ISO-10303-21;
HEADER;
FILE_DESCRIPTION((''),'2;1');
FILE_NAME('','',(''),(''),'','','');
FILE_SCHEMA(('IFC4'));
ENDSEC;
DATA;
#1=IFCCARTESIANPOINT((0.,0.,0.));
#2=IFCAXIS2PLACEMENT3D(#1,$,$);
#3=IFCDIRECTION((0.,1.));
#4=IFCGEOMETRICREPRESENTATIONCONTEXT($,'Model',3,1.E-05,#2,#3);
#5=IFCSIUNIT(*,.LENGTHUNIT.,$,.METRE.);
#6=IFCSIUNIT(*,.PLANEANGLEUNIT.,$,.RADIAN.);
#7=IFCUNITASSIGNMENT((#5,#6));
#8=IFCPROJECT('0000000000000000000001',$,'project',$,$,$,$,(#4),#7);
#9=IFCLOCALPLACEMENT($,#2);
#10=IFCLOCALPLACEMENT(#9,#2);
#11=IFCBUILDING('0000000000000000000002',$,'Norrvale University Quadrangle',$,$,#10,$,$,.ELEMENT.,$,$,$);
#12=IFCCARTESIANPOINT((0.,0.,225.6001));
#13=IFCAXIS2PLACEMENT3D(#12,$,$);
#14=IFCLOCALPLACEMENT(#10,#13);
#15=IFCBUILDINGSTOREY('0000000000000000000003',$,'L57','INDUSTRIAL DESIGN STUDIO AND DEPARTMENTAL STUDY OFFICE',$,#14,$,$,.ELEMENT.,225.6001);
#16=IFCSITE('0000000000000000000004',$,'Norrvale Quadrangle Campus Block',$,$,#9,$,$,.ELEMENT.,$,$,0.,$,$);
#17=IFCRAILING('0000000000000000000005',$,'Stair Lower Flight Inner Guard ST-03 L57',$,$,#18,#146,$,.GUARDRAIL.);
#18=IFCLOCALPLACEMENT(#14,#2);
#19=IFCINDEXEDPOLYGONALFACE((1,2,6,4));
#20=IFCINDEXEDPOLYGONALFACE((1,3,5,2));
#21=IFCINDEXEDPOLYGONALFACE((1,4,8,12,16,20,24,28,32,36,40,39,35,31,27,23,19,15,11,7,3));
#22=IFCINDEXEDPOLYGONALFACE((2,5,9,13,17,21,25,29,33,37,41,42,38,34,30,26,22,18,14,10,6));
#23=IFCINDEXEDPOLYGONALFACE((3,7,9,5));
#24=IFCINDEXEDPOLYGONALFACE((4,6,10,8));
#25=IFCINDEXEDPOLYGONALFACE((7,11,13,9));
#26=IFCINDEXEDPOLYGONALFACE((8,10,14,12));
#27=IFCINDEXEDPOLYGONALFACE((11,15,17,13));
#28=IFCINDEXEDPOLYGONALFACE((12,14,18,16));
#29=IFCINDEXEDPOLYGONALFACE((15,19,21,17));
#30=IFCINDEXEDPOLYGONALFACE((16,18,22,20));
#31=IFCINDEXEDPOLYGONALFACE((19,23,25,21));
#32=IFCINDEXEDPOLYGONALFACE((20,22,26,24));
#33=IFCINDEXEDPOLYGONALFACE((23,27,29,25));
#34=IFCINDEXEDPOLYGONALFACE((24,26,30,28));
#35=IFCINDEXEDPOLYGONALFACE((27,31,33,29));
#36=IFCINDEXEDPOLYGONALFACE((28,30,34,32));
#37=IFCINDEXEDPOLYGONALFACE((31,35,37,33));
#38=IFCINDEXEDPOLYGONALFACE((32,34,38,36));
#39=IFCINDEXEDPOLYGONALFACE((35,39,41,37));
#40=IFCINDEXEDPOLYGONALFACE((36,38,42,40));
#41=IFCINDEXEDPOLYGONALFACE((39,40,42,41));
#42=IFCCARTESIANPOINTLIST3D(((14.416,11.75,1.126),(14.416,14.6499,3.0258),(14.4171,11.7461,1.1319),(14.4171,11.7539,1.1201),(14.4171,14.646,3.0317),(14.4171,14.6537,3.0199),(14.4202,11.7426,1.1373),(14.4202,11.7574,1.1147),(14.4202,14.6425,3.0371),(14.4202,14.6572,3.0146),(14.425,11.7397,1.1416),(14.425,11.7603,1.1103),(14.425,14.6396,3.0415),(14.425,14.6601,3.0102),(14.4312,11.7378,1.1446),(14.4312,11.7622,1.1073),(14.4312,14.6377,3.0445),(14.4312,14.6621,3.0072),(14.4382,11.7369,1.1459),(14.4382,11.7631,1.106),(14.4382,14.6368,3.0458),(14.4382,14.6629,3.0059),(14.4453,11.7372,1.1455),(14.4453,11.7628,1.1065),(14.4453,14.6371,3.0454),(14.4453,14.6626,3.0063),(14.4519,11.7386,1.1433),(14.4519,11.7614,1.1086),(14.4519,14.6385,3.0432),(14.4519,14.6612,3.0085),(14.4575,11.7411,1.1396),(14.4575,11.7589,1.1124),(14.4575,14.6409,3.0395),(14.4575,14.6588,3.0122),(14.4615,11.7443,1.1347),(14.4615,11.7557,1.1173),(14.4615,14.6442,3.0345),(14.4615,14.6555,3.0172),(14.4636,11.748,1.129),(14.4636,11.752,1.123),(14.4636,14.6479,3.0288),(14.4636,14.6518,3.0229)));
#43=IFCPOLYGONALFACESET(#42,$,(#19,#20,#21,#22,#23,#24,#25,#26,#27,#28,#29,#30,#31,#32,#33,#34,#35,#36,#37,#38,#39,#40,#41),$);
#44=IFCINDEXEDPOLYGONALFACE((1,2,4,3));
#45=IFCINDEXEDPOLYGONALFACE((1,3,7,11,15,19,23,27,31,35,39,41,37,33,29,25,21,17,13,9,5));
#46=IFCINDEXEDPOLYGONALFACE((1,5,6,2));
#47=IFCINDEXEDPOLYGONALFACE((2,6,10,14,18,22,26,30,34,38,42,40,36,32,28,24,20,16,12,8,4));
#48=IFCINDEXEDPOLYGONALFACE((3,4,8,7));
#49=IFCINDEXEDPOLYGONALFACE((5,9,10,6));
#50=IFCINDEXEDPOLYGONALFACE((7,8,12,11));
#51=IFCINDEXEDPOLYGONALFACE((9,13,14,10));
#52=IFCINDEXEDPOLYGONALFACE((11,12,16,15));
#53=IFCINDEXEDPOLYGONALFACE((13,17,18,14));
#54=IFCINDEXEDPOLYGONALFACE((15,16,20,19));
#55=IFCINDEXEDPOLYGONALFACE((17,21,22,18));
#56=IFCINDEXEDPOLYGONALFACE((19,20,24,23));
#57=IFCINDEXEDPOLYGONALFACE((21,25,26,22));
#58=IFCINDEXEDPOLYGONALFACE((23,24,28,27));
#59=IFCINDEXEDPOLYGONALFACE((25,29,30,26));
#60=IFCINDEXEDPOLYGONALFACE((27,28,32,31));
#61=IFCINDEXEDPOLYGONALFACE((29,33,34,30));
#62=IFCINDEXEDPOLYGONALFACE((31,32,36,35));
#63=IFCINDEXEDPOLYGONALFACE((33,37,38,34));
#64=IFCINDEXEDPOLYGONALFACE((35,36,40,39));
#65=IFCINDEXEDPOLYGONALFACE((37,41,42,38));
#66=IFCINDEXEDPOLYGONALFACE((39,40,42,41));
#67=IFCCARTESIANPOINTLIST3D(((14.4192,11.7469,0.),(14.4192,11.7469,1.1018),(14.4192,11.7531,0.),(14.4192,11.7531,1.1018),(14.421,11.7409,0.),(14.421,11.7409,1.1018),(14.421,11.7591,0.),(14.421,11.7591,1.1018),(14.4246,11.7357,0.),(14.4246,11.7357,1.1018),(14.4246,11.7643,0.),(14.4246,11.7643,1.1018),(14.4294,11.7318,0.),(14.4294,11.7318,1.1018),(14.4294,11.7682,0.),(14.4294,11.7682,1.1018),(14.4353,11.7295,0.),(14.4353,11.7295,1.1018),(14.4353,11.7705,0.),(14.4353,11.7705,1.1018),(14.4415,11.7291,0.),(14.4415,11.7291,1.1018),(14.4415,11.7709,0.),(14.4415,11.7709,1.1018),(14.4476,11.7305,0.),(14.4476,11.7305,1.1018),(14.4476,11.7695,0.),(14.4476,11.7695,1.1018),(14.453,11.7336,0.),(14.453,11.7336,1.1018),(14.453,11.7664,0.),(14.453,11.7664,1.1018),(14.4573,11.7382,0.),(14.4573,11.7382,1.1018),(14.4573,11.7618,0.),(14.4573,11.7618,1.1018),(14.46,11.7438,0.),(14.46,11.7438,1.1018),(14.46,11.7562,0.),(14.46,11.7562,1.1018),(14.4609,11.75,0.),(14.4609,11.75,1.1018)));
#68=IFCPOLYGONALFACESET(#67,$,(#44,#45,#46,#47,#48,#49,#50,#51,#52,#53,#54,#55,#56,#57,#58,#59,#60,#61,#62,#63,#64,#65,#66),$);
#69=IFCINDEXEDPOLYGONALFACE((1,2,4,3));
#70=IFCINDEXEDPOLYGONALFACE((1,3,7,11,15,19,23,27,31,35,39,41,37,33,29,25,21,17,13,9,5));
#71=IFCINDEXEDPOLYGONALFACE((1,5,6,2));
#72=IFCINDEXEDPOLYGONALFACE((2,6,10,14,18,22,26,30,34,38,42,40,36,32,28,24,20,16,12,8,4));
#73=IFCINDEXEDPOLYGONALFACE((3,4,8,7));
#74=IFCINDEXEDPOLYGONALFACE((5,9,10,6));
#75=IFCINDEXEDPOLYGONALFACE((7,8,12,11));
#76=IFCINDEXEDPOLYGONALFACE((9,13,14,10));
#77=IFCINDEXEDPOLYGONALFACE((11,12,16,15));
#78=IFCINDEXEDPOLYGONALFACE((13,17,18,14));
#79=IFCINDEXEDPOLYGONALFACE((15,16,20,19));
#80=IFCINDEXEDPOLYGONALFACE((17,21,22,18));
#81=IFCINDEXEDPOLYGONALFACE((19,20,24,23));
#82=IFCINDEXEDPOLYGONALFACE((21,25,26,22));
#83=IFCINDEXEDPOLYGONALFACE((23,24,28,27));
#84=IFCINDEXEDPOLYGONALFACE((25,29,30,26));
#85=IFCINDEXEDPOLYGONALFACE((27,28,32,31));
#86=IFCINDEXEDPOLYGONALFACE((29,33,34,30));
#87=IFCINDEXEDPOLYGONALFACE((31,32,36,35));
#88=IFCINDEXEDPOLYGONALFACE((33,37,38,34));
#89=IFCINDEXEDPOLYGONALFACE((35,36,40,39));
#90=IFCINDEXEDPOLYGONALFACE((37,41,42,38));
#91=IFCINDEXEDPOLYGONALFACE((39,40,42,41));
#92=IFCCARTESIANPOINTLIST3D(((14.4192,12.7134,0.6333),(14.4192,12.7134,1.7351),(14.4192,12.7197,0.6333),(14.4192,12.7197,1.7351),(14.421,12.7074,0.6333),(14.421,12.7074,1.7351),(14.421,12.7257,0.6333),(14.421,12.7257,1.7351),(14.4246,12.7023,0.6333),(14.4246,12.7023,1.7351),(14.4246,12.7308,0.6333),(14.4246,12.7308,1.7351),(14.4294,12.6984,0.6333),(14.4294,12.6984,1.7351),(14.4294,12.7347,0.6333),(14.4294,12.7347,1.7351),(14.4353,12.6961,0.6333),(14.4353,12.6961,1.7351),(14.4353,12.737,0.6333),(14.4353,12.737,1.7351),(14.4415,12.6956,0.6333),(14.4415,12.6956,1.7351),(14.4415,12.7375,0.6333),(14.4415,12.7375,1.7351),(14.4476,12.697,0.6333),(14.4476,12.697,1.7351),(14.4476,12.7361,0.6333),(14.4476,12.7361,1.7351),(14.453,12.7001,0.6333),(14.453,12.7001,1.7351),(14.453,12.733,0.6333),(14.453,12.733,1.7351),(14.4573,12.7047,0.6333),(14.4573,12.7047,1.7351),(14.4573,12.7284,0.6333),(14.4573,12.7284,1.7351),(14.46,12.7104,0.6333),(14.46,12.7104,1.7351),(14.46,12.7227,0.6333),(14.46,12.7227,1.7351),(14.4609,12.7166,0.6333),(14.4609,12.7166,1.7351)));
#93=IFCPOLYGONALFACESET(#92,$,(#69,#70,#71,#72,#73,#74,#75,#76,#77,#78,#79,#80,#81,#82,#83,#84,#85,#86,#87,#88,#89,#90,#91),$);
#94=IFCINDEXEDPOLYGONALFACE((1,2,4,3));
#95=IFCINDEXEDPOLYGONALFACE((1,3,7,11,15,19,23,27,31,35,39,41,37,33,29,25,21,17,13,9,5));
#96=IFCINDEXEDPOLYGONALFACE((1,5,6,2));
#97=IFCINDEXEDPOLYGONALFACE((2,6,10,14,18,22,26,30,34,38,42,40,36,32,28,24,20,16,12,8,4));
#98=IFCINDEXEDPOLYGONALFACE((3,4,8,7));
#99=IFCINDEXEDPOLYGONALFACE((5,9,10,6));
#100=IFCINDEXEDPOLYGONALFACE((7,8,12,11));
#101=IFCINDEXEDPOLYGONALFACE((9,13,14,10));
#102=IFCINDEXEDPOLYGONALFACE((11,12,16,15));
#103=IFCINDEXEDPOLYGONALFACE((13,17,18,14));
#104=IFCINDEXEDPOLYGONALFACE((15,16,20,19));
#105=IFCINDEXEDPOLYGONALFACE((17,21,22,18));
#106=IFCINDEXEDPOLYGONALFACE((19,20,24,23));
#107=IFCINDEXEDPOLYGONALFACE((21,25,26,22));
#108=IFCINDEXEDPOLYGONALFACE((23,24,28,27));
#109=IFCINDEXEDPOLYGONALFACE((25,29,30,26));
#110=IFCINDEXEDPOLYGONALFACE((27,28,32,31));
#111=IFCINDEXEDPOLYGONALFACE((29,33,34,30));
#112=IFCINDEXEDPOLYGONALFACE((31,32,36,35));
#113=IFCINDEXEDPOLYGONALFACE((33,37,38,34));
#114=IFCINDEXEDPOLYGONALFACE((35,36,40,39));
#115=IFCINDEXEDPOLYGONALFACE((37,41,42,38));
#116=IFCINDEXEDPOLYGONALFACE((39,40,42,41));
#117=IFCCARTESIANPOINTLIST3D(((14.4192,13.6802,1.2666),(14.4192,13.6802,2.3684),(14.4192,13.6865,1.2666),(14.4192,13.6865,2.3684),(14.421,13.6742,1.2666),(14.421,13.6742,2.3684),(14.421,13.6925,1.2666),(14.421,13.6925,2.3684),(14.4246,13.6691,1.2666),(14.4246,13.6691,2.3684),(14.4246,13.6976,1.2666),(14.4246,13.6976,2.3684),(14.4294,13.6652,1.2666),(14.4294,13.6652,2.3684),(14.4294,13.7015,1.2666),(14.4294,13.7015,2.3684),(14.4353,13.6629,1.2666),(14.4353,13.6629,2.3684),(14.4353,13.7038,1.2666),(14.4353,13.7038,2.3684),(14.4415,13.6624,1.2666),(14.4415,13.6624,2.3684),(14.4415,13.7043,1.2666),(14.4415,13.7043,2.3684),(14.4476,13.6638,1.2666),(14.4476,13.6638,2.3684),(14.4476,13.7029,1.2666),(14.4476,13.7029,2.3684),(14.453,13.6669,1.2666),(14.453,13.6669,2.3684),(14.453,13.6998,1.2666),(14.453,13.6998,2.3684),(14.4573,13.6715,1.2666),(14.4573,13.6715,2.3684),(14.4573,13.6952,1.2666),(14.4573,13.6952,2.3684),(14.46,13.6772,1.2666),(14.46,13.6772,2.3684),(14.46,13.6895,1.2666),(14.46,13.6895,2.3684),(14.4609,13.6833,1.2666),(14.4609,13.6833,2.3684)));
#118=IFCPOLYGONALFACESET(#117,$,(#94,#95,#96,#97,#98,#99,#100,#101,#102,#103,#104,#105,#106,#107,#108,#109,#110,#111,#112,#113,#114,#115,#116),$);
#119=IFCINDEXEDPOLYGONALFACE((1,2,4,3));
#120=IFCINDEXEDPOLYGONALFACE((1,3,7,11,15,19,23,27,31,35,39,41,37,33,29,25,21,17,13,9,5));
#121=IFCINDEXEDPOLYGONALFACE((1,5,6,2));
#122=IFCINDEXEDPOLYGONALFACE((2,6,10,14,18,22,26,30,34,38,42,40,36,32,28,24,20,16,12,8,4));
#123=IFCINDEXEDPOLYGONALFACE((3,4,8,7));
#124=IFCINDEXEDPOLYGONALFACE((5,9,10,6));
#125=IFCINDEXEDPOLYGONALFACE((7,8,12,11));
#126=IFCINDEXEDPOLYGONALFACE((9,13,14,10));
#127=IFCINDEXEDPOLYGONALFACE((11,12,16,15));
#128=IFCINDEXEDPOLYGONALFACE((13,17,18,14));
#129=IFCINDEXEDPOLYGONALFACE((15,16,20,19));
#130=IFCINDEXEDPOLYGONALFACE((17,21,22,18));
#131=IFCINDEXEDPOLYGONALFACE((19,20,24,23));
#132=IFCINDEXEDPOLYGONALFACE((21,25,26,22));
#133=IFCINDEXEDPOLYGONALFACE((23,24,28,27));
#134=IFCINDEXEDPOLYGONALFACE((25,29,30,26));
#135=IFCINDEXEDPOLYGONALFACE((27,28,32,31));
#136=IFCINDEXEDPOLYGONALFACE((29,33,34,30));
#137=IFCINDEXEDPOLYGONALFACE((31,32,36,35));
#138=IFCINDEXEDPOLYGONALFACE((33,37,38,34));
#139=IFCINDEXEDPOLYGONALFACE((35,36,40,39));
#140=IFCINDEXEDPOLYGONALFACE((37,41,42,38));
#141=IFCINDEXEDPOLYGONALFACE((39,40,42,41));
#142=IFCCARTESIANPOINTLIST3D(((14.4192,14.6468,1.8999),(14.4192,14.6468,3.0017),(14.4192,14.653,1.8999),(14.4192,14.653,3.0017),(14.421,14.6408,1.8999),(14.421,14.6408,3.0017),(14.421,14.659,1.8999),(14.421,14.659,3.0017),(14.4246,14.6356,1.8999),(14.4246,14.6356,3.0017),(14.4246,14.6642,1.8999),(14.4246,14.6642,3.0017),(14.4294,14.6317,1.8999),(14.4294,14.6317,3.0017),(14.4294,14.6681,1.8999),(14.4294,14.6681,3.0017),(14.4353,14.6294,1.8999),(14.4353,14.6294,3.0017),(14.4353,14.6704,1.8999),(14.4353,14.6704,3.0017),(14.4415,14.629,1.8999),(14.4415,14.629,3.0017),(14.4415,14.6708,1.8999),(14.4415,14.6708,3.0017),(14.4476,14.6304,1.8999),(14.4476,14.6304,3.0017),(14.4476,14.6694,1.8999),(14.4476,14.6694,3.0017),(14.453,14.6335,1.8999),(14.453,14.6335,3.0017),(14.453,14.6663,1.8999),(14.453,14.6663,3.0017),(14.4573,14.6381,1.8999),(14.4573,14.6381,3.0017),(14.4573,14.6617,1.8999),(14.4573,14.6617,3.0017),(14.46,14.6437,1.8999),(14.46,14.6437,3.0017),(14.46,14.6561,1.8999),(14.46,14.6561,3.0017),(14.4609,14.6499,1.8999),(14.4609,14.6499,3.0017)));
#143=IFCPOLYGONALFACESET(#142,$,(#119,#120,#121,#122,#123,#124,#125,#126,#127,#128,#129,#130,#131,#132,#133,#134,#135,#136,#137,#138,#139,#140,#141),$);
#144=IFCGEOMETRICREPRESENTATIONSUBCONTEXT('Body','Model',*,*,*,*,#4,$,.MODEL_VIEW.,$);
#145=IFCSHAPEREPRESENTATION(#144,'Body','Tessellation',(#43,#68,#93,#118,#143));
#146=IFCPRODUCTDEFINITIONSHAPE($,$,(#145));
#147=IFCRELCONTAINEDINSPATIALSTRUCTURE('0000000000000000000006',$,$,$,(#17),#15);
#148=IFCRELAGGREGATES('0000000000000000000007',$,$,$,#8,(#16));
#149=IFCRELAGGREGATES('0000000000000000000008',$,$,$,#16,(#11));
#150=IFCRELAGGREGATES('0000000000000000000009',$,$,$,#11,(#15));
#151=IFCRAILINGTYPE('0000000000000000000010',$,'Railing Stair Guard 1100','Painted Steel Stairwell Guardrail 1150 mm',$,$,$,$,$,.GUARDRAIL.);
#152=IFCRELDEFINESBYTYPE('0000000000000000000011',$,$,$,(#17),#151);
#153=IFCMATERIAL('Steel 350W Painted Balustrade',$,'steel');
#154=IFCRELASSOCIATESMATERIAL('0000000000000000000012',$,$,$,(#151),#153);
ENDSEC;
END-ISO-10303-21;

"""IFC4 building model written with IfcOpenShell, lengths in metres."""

from ifc_helpers import new_model, si_unit, direction, frame, origin, origin_2d, place, context, subcontext, project, spatial, circle, extrude, material, type_object, element, save


model = new_model("IFC4")

# Units and contexts
model_context = context("Model", 3, precision=1e-05, world=origin(), true_north=direction((0.0, 1.0)))
body_context = subcontext(model_context, "Body", "Model", "MODEL_VIEW")
ifc_project = project(units=[si_unit("LENGTHUNIT", "METRE"), si_unit("PLANEANGLEUNIT", "RADIAN")], contexts=[model_context])

# Site, building, storey
site_placement = place(None, origin())
site = spatial("IfcSite", under=ifc_project, at=site_placement, Name="Norrvale Quadrangle Campus Block", CompositionType="ELEMENT", RefElevation=0.0)
building_placement = place(site_placement, origin())
building = spatial("IfcBuilding", under=site, at=building_placement, Name="Norrvale University Quadrangle", CompositionType="ELEMENT")
storey_placement = place(building_placement, frame((0.0, 0.0, 225.6001)))
storey = spatial("IfcBuildingStorey", under=building, at=storey_placement, Name="L57", Description="INDUSTRIAL DESIGN STUDIO AND DEPARTMENTAL STUDY OFFICE", CompositionType="ELEMENT", Elevation=225.6001)

# Railing
ifc_material_1 = material(Name="Steel 350W Painted Balustrade", Category="steel")
railing_type_1 = type_object("IfcRailingType", Name="Railing Stair Guard 1100", Description="Painted Steel Stairwell Guardrail 1150 mm", PredefinedType="GUARDRAIL", material=ifc_material_1)
railing_1_placement = place(storey_placement, frame((14.4399, 11.75, 0.0)))
element("IfcRailing", 1, at=railing_1_placement, inside=storey, type_object=railing_type_1, Name="Stair Lower Flight Inner Guard ST-03 L57", PredefinedType="GUARDRAIL", context=body_context, shape_type="SweptSolid", body=[
    extrude(circle(Radius=0.0239, at=origin_2d()), frame((0.0, 0.0, 1.126), z_axis=(0.0, 0.836466, 0.548019), x_axis=(-1.0, 0.0, 0.0)), (0.0, 0.0, 1.0), 3.4668),
    extrude(circle(Radius=0.021, at=origin_2d()), origin(), (0.0, 0.0, 1.0), 1.1018),
    extrude(circle(Radius=0.021, at=origin_2d()), frame((0.0, 0.9666, 0.6333)), (0.0, 0.0, 1.0), 1.1018),
    extrude(circle(Radius=0.021, at=origin_2d()), frame((0.0, 1.9333, 1.2666)), (0.0, 0.0, 1.0), 1.1018),
    extrude(circle(Radius=0.021, at=origin_2d()), frame((0.0, 2.8999, 1.8999)), (0.0, 0.0, 1.0), 1.1018),
])

save(model, "model.ifc")
